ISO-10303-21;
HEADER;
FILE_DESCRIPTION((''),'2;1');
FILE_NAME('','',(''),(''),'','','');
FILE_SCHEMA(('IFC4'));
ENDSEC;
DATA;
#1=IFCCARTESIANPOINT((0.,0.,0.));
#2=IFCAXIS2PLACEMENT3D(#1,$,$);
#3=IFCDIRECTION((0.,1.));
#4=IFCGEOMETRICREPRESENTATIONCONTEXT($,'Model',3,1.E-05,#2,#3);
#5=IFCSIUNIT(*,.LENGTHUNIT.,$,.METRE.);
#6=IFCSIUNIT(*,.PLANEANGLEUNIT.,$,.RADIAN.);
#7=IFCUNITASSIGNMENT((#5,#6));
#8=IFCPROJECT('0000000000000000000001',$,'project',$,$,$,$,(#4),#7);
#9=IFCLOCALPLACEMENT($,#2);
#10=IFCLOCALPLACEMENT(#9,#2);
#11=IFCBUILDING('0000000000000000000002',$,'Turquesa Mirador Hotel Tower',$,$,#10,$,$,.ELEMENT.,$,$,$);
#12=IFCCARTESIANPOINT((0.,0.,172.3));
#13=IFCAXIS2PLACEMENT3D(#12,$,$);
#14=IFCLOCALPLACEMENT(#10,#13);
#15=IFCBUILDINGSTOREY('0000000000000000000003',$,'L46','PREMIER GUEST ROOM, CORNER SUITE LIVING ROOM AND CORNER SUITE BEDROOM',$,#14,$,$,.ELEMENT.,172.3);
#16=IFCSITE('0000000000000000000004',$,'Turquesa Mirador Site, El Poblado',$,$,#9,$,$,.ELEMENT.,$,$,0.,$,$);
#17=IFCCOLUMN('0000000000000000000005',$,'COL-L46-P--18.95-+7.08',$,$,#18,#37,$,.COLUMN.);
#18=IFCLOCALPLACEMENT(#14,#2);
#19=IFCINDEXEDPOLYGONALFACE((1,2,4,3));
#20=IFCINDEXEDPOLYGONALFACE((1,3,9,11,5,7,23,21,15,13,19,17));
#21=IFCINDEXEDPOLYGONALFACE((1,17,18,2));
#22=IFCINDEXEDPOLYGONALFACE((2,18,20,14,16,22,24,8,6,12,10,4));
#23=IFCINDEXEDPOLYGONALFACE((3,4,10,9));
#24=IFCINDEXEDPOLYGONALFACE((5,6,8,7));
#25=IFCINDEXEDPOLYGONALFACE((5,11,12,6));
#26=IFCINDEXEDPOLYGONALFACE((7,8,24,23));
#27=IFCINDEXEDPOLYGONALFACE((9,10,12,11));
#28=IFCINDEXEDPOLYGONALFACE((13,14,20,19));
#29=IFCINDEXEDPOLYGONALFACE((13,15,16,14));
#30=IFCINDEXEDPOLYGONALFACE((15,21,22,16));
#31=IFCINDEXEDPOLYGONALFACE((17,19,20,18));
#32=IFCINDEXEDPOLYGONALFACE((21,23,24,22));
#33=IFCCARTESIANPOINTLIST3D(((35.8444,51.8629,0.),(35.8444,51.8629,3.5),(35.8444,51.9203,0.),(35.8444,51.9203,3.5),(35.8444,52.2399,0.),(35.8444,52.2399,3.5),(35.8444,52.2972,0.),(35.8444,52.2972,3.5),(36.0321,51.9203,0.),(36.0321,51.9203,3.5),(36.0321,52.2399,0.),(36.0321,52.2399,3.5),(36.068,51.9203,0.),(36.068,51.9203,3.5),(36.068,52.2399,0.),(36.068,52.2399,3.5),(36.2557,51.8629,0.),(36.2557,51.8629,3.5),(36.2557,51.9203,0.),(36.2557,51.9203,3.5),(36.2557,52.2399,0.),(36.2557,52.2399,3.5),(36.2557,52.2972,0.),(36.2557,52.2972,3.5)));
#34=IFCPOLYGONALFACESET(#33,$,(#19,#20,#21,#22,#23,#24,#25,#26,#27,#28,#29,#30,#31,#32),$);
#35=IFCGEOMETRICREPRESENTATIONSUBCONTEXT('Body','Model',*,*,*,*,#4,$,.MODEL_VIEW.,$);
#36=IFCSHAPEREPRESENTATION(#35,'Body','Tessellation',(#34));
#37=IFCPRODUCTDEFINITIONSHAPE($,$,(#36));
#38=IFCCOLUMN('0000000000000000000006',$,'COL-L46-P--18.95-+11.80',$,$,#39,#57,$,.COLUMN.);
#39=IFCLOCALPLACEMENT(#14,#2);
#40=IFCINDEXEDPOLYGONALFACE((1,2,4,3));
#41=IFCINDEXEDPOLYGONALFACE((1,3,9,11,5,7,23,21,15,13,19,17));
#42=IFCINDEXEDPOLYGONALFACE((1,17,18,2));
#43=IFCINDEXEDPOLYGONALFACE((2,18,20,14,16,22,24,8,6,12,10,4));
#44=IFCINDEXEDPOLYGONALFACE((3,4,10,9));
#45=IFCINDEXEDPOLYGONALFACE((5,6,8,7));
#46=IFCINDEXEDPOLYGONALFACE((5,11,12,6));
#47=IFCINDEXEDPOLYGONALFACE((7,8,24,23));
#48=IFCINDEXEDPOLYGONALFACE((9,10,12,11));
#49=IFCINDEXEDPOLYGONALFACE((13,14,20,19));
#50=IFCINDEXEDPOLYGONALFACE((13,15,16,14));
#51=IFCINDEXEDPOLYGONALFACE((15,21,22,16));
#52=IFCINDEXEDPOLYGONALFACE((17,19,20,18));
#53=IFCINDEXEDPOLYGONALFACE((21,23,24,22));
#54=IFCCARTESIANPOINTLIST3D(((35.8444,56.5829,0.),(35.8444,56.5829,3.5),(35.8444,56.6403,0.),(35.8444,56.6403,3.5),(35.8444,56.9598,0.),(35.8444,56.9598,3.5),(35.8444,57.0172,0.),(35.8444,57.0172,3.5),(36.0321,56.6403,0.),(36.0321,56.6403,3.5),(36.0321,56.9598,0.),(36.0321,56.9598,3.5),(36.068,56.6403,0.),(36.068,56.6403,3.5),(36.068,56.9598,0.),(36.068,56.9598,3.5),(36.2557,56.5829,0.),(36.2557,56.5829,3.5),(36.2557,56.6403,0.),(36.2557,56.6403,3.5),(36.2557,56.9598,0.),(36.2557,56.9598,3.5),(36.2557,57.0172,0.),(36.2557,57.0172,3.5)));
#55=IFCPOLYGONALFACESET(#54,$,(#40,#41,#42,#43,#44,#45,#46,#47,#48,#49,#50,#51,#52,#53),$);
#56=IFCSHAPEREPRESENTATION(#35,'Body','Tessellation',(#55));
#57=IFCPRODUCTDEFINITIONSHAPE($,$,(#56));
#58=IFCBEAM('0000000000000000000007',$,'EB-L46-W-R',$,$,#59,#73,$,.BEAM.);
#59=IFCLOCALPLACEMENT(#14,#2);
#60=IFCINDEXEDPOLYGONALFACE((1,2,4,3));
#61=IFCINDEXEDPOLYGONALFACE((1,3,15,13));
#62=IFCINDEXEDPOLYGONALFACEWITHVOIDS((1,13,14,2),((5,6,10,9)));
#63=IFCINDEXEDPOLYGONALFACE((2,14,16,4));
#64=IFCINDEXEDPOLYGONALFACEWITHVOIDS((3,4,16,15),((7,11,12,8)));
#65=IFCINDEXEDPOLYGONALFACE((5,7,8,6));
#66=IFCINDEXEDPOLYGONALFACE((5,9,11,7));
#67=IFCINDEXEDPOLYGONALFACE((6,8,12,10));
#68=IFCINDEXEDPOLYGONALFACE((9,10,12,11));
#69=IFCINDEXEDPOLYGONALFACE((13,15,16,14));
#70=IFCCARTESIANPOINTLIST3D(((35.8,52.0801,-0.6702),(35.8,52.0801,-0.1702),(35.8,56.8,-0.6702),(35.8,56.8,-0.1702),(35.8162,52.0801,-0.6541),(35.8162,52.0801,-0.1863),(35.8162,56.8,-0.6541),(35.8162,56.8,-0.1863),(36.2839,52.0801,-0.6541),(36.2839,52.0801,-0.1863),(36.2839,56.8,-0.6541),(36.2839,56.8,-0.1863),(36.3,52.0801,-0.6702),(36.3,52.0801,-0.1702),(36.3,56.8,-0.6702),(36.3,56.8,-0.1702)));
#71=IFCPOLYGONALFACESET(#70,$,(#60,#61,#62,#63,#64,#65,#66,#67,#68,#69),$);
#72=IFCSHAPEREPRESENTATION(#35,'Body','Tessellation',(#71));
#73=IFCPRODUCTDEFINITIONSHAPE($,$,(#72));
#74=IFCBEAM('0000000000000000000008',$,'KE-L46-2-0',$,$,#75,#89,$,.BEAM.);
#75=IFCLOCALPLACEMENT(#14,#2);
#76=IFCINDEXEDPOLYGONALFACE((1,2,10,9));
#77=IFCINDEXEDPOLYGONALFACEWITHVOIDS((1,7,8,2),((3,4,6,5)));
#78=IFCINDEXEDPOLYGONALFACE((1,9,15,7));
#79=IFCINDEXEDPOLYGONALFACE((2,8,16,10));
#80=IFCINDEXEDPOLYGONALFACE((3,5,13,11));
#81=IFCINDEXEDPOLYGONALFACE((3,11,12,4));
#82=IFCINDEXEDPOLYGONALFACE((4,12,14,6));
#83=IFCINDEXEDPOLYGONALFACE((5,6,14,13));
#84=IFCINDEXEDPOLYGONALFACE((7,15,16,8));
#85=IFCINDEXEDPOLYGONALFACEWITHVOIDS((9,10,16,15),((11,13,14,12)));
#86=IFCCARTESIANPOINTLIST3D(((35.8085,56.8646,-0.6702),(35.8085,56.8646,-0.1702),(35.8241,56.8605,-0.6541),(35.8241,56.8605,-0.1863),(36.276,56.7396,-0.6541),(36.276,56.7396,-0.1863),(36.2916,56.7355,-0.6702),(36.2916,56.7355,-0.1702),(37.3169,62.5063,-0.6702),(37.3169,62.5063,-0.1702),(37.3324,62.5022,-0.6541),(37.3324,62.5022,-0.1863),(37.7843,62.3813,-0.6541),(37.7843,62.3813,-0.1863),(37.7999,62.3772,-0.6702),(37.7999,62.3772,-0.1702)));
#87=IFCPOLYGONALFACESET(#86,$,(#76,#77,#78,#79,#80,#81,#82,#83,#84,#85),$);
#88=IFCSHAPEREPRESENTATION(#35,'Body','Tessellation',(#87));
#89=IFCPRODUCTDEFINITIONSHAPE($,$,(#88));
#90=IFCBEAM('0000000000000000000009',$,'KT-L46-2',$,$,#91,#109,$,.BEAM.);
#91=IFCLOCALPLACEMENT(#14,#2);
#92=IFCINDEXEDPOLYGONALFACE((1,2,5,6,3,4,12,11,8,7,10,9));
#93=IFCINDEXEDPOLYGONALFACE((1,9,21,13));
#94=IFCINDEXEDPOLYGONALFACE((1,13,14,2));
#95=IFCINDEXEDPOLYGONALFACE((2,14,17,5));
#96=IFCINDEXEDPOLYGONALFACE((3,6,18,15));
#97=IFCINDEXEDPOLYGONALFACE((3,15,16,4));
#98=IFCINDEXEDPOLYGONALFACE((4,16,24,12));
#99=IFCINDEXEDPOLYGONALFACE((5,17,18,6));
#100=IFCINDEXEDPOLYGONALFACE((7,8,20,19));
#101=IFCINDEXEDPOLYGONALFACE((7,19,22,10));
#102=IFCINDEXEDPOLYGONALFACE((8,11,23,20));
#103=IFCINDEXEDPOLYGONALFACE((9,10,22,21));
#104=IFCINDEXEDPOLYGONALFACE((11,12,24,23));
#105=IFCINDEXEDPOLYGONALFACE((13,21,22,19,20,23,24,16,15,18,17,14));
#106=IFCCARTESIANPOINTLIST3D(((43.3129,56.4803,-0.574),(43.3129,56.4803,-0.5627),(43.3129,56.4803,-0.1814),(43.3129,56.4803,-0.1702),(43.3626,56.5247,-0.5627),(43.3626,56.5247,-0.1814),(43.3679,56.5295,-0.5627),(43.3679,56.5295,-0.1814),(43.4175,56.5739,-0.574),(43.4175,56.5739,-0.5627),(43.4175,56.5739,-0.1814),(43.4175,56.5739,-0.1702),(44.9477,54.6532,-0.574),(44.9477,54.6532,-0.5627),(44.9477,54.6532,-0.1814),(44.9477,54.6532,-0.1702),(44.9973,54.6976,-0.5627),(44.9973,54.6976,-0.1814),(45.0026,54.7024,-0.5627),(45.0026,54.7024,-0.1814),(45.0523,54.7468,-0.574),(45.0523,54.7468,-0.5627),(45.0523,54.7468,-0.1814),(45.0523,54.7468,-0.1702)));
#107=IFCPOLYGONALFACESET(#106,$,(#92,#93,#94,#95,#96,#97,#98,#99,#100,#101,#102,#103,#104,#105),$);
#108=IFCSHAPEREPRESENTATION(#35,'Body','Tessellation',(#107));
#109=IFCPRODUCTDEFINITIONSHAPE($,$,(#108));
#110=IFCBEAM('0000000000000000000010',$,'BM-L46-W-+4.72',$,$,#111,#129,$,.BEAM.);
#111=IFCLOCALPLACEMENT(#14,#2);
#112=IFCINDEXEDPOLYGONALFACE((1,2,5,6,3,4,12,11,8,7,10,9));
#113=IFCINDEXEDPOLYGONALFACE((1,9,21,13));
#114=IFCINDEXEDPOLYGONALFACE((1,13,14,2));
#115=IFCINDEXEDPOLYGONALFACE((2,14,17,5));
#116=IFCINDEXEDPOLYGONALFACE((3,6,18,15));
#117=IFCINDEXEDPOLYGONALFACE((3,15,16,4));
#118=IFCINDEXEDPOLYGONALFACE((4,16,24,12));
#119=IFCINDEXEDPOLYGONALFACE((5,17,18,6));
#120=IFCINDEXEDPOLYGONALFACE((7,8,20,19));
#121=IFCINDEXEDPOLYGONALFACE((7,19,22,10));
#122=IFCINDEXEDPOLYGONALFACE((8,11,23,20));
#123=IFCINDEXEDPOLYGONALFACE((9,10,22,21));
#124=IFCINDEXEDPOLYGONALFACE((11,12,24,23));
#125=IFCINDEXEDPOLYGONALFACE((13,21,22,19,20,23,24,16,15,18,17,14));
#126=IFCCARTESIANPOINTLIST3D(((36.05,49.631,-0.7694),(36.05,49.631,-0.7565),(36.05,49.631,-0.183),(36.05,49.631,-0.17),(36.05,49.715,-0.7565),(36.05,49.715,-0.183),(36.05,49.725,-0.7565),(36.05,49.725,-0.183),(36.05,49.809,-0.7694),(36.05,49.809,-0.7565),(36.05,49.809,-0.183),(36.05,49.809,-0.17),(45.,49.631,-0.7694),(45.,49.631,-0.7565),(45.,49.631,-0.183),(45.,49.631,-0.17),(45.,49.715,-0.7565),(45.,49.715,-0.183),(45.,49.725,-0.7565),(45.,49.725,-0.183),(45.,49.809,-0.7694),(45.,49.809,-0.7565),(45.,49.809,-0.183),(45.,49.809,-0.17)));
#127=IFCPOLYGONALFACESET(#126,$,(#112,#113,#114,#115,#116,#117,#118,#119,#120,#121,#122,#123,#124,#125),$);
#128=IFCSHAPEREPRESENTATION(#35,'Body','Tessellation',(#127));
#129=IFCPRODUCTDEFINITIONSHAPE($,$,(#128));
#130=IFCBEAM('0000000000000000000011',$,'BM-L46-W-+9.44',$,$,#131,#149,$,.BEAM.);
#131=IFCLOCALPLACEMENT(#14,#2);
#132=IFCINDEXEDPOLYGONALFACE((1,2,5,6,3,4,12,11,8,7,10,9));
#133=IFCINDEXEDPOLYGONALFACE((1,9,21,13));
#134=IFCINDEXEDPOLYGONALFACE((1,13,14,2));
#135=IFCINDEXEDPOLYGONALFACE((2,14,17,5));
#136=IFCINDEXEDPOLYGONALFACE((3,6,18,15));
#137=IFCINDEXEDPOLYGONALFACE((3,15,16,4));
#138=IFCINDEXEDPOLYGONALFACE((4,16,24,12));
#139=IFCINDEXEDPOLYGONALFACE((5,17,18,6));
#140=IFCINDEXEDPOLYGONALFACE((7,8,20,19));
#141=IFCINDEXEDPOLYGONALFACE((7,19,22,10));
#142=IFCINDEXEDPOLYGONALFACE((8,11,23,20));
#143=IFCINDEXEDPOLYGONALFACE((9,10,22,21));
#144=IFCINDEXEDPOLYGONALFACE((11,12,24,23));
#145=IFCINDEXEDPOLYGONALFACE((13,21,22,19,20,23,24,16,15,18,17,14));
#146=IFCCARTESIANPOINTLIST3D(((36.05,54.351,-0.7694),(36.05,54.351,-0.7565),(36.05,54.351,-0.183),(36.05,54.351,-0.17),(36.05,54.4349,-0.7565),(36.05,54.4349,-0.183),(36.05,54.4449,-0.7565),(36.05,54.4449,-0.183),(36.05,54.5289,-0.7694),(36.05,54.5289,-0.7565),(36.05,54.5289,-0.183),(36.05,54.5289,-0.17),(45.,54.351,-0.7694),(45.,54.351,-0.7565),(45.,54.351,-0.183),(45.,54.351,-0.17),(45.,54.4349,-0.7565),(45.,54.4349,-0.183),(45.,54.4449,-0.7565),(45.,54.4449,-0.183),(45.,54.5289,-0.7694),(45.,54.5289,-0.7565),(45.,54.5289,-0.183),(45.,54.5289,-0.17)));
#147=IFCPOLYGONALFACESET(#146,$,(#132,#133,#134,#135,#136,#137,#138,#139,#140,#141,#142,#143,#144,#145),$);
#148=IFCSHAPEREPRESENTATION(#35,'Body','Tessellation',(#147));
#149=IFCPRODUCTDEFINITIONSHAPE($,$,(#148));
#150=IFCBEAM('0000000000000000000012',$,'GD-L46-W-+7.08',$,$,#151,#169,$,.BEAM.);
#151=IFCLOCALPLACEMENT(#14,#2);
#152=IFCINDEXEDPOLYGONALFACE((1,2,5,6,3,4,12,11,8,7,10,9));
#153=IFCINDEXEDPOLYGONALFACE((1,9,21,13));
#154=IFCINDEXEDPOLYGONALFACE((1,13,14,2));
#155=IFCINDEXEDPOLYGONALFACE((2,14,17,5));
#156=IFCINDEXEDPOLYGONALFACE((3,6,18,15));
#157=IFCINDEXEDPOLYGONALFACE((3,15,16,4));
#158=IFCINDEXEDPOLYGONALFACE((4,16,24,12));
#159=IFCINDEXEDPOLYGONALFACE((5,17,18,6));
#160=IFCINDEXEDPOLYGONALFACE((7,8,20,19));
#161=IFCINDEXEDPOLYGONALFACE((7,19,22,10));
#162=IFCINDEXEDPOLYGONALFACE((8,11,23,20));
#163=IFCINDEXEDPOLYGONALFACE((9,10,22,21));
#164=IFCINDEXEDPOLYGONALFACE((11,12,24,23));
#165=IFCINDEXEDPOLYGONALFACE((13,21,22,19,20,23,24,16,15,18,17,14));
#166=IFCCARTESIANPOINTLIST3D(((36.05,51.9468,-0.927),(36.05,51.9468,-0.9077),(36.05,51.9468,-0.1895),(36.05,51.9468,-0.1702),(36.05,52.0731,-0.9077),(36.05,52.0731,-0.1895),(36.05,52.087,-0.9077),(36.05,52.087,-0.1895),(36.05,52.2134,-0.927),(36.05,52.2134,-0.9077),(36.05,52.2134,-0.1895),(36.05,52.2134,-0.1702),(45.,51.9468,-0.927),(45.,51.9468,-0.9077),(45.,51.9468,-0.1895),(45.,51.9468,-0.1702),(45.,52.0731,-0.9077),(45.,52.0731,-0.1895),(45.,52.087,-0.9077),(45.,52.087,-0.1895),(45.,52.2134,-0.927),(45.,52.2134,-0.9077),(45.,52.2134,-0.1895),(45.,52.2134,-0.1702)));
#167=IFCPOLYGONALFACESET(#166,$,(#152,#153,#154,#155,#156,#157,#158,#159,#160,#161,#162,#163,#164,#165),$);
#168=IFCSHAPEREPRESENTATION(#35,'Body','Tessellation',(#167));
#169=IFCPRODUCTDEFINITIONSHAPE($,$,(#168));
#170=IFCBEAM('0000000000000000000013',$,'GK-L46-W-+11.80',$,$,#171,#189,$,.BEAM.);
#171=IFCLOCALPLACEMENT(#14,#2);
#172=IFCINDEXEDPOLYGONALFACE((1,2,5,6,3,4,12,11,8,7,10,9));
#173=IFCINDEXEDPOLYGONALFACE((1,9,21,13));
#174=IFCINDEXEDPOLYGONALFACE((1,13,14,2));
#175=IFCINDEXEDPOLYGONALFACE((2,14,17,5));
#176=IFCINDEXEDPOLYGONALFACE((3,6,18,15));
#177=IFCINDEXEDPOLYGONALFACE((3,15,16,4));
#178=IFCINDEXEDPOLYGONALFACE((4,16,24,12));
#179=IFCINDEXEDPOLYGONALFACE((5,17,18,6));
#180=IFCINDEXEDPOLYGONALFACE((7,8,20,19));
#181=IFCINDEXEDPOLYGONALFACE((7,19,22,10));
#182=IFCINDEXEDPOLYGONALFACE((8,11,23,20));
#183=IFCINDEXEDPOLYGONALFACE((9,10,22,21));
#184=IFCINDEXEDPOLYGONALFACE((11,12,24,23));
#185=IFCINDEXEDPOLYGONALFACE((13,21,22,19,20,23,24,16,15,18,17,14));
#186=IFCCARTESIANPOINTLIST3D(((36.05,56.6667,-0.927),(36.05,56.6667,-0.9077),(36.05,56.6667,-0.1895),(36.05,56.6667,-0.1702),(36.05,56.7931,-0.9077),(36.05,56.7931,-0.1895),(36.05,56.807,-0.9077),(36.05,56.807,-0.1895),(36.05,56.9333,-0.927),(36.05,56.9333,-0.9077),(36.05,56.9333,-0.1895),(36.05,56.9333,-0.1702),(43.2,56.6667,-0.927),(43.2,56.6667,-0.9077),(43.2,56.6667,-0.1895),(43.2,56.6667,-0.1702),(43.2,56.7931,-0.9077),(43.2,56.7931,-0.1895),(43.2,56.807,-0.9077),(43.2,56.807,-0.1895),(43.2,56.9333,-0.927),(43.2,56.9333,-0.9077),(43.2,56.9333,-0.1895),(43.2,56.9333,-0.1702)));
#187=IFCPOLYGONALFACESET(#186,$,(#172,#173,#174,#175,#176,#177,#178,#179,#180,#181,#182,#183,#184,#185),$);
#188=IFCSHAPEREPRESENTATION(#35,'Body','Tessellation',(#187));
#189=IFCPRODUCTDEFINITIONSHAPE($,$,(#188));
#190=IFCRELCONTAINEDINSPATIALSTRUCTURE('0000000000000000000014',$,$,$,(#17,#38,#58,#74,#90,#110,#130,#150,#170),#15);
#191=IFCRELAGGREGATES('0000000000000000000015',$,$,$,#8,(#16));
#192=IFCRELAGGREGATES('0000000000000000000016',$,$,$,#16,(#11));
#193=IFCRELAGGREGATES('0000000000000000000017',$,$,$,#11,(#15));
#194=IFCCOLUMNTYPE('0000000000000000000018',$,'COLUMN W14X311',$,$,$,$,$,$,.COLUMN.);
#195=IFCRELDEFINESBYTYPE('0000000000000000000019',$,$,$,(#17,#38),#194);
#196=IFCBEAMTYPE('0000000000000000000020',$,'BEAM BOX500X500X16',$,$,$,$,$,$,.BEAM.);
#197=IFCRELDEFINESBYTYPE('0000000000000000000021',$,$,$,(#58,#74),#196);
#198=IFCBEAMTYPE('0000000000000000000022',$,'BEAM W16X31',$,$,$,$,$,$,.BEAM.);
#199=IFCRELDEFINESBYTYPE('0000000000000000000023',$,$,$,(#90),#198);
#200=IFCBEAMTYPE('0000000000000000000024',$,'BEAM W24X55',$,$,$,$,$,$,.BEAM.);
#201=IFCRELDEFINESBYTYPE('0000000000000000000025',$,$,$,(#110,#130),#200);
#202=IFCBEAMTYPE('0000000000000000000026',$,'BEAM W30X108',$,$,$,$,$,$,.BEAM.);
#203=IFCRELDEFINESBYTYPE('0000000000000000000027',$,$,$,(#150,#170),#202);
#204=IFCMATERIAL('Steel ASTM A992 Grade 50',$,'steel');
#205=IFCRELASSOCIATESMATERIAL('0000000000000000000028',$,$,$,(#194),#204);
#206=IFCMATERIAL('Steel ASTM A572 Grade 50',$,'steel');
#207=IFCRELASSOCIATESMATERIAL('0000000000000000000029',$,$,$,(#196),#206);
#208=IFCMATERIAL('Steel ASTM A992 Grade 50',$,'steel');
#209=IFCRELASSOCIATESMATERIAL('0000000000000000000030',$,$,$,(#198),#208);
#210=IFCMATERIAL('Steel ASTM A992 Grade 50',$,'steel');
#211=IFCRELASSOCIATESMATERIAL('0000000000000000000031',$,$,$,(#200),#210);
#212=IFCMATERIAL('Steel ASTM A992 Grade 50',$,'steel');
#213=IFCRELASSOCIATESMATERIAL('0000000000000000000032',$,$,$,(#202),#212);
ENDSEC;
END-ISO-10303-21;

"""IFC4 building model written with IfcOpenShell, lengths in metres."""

from ifc_helpers import new_model, si_unit, direction, frame, origin, origin_2d, place, context, subcontext, project, spatial, hollow_rectangle, i_section, extrude, material, material_profile, profile_set, type_object, element, save


model = new_model("IFC4")

# Units and contexts
model_context = context("Model", 3, precision=1e-05, world=origin(), true_north=direction((0.0, 1.0)))
body_context = subcontext(model_context, "Body", "Model", "MODEL_VIEW")
ifc_project = project(units=[si_unit("LENGTHUNIT", "METRE"), si_unit("PLANEANGLEUNIT", "RADIAN")], contexts=[model_context])

# Site, building, storey
site_placement = place(None, origin())
site = spatial("IfcSite", under=ifc_project, at=site_placement, Name="Turquesa Mirador Site, El Poblado", CompositionType="ELEMENT", RefElevation=0.0)
building_placement = place(site_placement, origin())
building = spatial("IfcBuilding", under=site, at=building_placement, Name="Turquesa Mirador Hotel Tower", CompositionType="ELEMENT")
storey_placement = place(building_placement, frame((0.0, 0.0, 172.3)))
storey = spatial("IfcBuildingStorey", under=building, at=storey_placement, Name="L46", Description="PREMIER GUEST ROOM, CORNER SUITE LIVING ROOM AND CORNER SUITE BEDROOM", CompositionType="ELEMENT", Elevation=172.3)

# Columns
ifc_material_1 = material(Name="Steel ASTM A992 Grade 50", Category="steel")
ifc_material_profile_1 = material_profile(ifc_material_1, i_section(OverallWidth=0.4114, OverallDepth=0.4343, WebThickness=0.0359, FlangeThickness=0.0574, at=origin_2d()), Name="W14X311")
ifc_profile_set_1 = profile_set([ifc_material_profile_1], Name="Steel ASTM A992 Grade 50")
column_type = type_object("IfcColumnType", Name="COLUMN W14X311", PredefinedType="COLUMN", material=ifc_profile_set_1)
for number, where, z_axis, x_axis, name in (
    (1, (36.05, 52.0801, 0.0), (0.0, 0.0, 1.0), (1.0, 0.0, 0.0), "COL-L46-P--18.95-+7.08"),
    (2, (36.05, 56.8, 0.0), (0.0, 0.0, 1.0), (1.0, 0.0, 0.0), "COL-L46-P--18.95-+11.80"),
):
    element("IfcColumn", number, at=place(storey_placement, frame(where, z_axis=z_axis, x_axis=x_axis)), inside=storey, type_object=column_type, Name=name, PredefinedType="COLUMN", context=body_context, shape_type="SweptSolid", body=[
        extrude(i_section(OverallWidth=0.4114, OverallDepth=0.4343, WebThickness=0.0359, FlangeThickness=0.0574, at=origin_2d()), origin(), (0.0, 0.0, 1.0), 3.5),
    ])

# Beams
ifc_material_2 = material(Name="Steel ASTM A572 Grade 50", Category="steel")
ifc_material_profile_2 = material_profile(ifc_material_2, hollow_rectangle(XDim=0.5, YDim=0.5, WallThickness=0.0161, at=origin_2d()), Name="BOX500X500X16")
ifc_profile_set_2 = profile_set([ifc_material_profile_2], Name="Steel ASTM A572 Grade 50")
beam_type_1 = type_object("IfcBeamType", Name="BEAM BOX500X500X16", PredefinedType="BEAM", material=ifc_profile_set_2)
beam_1_placement = place(storey_placement, frame((36.05, 52.0801, -0.4202), z_axis=(0.0, 1.0, 0.0), x_axis=(-1.0, 0.0, 0.0)))
element("IfcBeam", 3, at=beam_1_placement, inside=storey, type_object=beam_type_1, Name="EB-L46-W-R", PredefinedType="BEAM", context=body_context, shape_type="SweptSolid", body=[
    extrude(hollow_rectangle(XDim=0.5, YDim=0.5, WallThickness=0.0161, at=origin_2d()), origin(), (0.0, 0.0, 1.0), 4.72),
])
beam_2_placement = place(storey_placement, frame((36.05, 56.8, -0.4202), z_axis=(0.258282, 0.96607, 0.0), x_axis=(-0.96607, 0.258282, 0.0)))
element("IfcBeam", 4, at=beam_2_placement, inside=storey, type_object=beam_type_1, Name="KE-L46-2-0", PredefinedType="BEAM", context=body_context, shape_type="SweptSolid", body=[
    extrude(hollow_rectangle(XDim=0.5, YDim=0.5, WallThickness=0.0161, at=origin_2d()), origin(), (0.0, 0.0, 1.0), 5.8398),
])
ifc_material_3 = material(Name="Steel ASTM A992 Grade 50", Category="steel")
ifc_material_profile_3 = material_profile(ifc_material_3, i_section(OverallWidth=0.1404, OverallDepth=0.4038, WebThickness=0.0071, FlangeThickness=0.0112, at=origin_2d()), Name="W16X31")
ifc_profile_set_3 = profile_set([ifc_material_profile_3], Name="Steel ASTM A992 Grade 50")
beam_type_2 = type_object("IfcBeamType", Name="BEAM W16X31", PredefinedType="BEAM", material=ifc_profile_set_3)
beam_3_placement = place(storey_placement, frame((43.3652, 56.5271, -0.3721), z_axis=(0.666783, -0.745252, 0.0), x_axis=(0.745252, 0.666783, 0.0)))
element("IfcBeam", 5, at=beam_3_placement, inside=storey, type_object=beam_type_2, Name="KT-L46-2", PredefinedType="BEAM", context=body_context, shape_type="SweptSolid", body=[
    extrude(i_section(OverallWidth=0.1404, OverallDepth=0.4038, WebThickness=0.0071, FlangeThickness=0.0112, at=origin_2d()), origin(), (0.0, 0.0, 1.0), 2.4517),
])
ifc_material_4 = material(Name="Steel ASTM A992 Grade 50", Category="steel")
ifc_material_profile_4 = material_profile(ifc_material_4, i_section(OverallWidth=0.178, OverallDepth=0.5994, WebThickness=0.01, FlangeThickness=0.0129, at=origin_2d()), Name="W24X55")
ifc_profile_set_4 = profile_set([ifc_material_profile_4], Name="Steel ASTM A992 Grade 50")
beam_type_3 = type_object("IfcBeamType", Name="BEAM W24X55", PredefinedType="BEAM", material=ifc_profile_set_4)
for number, where, z_axis, x_axis, name in (
    (6, (36.05, 49.72, -0.4697), (1.0, 0.0, 0.0), (0.0, 1.0, 0.0), "BM-L46-W-+4.72"),
    (7, (36.05, 54.4399, -0.4697), (1.0, 0.0, 0.0), (0.0, 1.0, 0.0), "BM-L46-W-+9.44"),
):
    element("IfcBeam", number, at=place(storey_placement, frame(where, z_axis=z_axis, x_axis=x_axis)), inside=storey, type_object=beam_type_3, Name=name, PredefinedType="BEAM", context=body_context, shape_type="SweptSolid", body=[
        extrude(i_section(OverallWidth=0.178, OverallDepth=0.5994, WebThickness=0.01, FlangeThickness=0.0129, at=origin_2d()), origin(), (0.0, 0.0, 1.0), 8.95),
    ])
ifc_material_5 = material(Name="Steel ASTM A992 Grade 50", Category="steel")
ifc_material_profile_5 = material_profile(ifc_material_5, i_section(OverallWidth=0.2666, OverallDepth=0.7568, WebThickness=0.0139, FlangeThickness=0.0193, at=origin_2d()), Name="W30X108")
ifc_profile_set_5 = profile_set([ifc_material_profile_5], Name="Steel ASTM A992 Grade 50")
beam_type_4 = type_object("IfcBeamType", Name="BEAM W30X108", PredefinedType="BEAM", material=ifc_profile_set_5)
beam_4_placement = place(storey_placement, frame((36.05, 52.0801, -0.5486), z_axis=(1.0, 0.0, 0.0), x_axis=(0.0, 1.0, 0.0)))
element("IfcBeam", 8, at=beam_4_placement, inside=storey, type_object=beam_type_4, Name="GD-L46-W-+7.08", PredefinedType="BEAM", context=body_context, shape_type="SweptSolid", body=[
    extrude(i_section(OverallWidth=0.2666, OverallDepth=0.7568, WebThickness=0.0139, FlangeThickness=0.0193, at=origin_2d()), origin(), (0.0, 0.0, 1.0), 8.95),
])
beam_5_placement = place(storey_placement, frame((36.05, 56.8, -0.5486), z_axis=(1.0, 0.0, 0.0), x_axis=(0.0, 1.0, 0.0)))
element("IfcBeam", 9, at=beam_5_placement, inside=storey, type_object=beam_type_4, Name="GK-L46-W-+11.80", PredefinedType="BEAM", context=body_context, shape_type="SweptSolid", body=[
    extrude(i_section(OverallWidth=0.2666, OverallDepth=0.7568, WebThickness=0.0139, FlangeThickness=0.0193, at=origin_2d()), origin(), (0.0, 0.0, 1.0), 7.1499),
])

save(model, "model.ifc")
